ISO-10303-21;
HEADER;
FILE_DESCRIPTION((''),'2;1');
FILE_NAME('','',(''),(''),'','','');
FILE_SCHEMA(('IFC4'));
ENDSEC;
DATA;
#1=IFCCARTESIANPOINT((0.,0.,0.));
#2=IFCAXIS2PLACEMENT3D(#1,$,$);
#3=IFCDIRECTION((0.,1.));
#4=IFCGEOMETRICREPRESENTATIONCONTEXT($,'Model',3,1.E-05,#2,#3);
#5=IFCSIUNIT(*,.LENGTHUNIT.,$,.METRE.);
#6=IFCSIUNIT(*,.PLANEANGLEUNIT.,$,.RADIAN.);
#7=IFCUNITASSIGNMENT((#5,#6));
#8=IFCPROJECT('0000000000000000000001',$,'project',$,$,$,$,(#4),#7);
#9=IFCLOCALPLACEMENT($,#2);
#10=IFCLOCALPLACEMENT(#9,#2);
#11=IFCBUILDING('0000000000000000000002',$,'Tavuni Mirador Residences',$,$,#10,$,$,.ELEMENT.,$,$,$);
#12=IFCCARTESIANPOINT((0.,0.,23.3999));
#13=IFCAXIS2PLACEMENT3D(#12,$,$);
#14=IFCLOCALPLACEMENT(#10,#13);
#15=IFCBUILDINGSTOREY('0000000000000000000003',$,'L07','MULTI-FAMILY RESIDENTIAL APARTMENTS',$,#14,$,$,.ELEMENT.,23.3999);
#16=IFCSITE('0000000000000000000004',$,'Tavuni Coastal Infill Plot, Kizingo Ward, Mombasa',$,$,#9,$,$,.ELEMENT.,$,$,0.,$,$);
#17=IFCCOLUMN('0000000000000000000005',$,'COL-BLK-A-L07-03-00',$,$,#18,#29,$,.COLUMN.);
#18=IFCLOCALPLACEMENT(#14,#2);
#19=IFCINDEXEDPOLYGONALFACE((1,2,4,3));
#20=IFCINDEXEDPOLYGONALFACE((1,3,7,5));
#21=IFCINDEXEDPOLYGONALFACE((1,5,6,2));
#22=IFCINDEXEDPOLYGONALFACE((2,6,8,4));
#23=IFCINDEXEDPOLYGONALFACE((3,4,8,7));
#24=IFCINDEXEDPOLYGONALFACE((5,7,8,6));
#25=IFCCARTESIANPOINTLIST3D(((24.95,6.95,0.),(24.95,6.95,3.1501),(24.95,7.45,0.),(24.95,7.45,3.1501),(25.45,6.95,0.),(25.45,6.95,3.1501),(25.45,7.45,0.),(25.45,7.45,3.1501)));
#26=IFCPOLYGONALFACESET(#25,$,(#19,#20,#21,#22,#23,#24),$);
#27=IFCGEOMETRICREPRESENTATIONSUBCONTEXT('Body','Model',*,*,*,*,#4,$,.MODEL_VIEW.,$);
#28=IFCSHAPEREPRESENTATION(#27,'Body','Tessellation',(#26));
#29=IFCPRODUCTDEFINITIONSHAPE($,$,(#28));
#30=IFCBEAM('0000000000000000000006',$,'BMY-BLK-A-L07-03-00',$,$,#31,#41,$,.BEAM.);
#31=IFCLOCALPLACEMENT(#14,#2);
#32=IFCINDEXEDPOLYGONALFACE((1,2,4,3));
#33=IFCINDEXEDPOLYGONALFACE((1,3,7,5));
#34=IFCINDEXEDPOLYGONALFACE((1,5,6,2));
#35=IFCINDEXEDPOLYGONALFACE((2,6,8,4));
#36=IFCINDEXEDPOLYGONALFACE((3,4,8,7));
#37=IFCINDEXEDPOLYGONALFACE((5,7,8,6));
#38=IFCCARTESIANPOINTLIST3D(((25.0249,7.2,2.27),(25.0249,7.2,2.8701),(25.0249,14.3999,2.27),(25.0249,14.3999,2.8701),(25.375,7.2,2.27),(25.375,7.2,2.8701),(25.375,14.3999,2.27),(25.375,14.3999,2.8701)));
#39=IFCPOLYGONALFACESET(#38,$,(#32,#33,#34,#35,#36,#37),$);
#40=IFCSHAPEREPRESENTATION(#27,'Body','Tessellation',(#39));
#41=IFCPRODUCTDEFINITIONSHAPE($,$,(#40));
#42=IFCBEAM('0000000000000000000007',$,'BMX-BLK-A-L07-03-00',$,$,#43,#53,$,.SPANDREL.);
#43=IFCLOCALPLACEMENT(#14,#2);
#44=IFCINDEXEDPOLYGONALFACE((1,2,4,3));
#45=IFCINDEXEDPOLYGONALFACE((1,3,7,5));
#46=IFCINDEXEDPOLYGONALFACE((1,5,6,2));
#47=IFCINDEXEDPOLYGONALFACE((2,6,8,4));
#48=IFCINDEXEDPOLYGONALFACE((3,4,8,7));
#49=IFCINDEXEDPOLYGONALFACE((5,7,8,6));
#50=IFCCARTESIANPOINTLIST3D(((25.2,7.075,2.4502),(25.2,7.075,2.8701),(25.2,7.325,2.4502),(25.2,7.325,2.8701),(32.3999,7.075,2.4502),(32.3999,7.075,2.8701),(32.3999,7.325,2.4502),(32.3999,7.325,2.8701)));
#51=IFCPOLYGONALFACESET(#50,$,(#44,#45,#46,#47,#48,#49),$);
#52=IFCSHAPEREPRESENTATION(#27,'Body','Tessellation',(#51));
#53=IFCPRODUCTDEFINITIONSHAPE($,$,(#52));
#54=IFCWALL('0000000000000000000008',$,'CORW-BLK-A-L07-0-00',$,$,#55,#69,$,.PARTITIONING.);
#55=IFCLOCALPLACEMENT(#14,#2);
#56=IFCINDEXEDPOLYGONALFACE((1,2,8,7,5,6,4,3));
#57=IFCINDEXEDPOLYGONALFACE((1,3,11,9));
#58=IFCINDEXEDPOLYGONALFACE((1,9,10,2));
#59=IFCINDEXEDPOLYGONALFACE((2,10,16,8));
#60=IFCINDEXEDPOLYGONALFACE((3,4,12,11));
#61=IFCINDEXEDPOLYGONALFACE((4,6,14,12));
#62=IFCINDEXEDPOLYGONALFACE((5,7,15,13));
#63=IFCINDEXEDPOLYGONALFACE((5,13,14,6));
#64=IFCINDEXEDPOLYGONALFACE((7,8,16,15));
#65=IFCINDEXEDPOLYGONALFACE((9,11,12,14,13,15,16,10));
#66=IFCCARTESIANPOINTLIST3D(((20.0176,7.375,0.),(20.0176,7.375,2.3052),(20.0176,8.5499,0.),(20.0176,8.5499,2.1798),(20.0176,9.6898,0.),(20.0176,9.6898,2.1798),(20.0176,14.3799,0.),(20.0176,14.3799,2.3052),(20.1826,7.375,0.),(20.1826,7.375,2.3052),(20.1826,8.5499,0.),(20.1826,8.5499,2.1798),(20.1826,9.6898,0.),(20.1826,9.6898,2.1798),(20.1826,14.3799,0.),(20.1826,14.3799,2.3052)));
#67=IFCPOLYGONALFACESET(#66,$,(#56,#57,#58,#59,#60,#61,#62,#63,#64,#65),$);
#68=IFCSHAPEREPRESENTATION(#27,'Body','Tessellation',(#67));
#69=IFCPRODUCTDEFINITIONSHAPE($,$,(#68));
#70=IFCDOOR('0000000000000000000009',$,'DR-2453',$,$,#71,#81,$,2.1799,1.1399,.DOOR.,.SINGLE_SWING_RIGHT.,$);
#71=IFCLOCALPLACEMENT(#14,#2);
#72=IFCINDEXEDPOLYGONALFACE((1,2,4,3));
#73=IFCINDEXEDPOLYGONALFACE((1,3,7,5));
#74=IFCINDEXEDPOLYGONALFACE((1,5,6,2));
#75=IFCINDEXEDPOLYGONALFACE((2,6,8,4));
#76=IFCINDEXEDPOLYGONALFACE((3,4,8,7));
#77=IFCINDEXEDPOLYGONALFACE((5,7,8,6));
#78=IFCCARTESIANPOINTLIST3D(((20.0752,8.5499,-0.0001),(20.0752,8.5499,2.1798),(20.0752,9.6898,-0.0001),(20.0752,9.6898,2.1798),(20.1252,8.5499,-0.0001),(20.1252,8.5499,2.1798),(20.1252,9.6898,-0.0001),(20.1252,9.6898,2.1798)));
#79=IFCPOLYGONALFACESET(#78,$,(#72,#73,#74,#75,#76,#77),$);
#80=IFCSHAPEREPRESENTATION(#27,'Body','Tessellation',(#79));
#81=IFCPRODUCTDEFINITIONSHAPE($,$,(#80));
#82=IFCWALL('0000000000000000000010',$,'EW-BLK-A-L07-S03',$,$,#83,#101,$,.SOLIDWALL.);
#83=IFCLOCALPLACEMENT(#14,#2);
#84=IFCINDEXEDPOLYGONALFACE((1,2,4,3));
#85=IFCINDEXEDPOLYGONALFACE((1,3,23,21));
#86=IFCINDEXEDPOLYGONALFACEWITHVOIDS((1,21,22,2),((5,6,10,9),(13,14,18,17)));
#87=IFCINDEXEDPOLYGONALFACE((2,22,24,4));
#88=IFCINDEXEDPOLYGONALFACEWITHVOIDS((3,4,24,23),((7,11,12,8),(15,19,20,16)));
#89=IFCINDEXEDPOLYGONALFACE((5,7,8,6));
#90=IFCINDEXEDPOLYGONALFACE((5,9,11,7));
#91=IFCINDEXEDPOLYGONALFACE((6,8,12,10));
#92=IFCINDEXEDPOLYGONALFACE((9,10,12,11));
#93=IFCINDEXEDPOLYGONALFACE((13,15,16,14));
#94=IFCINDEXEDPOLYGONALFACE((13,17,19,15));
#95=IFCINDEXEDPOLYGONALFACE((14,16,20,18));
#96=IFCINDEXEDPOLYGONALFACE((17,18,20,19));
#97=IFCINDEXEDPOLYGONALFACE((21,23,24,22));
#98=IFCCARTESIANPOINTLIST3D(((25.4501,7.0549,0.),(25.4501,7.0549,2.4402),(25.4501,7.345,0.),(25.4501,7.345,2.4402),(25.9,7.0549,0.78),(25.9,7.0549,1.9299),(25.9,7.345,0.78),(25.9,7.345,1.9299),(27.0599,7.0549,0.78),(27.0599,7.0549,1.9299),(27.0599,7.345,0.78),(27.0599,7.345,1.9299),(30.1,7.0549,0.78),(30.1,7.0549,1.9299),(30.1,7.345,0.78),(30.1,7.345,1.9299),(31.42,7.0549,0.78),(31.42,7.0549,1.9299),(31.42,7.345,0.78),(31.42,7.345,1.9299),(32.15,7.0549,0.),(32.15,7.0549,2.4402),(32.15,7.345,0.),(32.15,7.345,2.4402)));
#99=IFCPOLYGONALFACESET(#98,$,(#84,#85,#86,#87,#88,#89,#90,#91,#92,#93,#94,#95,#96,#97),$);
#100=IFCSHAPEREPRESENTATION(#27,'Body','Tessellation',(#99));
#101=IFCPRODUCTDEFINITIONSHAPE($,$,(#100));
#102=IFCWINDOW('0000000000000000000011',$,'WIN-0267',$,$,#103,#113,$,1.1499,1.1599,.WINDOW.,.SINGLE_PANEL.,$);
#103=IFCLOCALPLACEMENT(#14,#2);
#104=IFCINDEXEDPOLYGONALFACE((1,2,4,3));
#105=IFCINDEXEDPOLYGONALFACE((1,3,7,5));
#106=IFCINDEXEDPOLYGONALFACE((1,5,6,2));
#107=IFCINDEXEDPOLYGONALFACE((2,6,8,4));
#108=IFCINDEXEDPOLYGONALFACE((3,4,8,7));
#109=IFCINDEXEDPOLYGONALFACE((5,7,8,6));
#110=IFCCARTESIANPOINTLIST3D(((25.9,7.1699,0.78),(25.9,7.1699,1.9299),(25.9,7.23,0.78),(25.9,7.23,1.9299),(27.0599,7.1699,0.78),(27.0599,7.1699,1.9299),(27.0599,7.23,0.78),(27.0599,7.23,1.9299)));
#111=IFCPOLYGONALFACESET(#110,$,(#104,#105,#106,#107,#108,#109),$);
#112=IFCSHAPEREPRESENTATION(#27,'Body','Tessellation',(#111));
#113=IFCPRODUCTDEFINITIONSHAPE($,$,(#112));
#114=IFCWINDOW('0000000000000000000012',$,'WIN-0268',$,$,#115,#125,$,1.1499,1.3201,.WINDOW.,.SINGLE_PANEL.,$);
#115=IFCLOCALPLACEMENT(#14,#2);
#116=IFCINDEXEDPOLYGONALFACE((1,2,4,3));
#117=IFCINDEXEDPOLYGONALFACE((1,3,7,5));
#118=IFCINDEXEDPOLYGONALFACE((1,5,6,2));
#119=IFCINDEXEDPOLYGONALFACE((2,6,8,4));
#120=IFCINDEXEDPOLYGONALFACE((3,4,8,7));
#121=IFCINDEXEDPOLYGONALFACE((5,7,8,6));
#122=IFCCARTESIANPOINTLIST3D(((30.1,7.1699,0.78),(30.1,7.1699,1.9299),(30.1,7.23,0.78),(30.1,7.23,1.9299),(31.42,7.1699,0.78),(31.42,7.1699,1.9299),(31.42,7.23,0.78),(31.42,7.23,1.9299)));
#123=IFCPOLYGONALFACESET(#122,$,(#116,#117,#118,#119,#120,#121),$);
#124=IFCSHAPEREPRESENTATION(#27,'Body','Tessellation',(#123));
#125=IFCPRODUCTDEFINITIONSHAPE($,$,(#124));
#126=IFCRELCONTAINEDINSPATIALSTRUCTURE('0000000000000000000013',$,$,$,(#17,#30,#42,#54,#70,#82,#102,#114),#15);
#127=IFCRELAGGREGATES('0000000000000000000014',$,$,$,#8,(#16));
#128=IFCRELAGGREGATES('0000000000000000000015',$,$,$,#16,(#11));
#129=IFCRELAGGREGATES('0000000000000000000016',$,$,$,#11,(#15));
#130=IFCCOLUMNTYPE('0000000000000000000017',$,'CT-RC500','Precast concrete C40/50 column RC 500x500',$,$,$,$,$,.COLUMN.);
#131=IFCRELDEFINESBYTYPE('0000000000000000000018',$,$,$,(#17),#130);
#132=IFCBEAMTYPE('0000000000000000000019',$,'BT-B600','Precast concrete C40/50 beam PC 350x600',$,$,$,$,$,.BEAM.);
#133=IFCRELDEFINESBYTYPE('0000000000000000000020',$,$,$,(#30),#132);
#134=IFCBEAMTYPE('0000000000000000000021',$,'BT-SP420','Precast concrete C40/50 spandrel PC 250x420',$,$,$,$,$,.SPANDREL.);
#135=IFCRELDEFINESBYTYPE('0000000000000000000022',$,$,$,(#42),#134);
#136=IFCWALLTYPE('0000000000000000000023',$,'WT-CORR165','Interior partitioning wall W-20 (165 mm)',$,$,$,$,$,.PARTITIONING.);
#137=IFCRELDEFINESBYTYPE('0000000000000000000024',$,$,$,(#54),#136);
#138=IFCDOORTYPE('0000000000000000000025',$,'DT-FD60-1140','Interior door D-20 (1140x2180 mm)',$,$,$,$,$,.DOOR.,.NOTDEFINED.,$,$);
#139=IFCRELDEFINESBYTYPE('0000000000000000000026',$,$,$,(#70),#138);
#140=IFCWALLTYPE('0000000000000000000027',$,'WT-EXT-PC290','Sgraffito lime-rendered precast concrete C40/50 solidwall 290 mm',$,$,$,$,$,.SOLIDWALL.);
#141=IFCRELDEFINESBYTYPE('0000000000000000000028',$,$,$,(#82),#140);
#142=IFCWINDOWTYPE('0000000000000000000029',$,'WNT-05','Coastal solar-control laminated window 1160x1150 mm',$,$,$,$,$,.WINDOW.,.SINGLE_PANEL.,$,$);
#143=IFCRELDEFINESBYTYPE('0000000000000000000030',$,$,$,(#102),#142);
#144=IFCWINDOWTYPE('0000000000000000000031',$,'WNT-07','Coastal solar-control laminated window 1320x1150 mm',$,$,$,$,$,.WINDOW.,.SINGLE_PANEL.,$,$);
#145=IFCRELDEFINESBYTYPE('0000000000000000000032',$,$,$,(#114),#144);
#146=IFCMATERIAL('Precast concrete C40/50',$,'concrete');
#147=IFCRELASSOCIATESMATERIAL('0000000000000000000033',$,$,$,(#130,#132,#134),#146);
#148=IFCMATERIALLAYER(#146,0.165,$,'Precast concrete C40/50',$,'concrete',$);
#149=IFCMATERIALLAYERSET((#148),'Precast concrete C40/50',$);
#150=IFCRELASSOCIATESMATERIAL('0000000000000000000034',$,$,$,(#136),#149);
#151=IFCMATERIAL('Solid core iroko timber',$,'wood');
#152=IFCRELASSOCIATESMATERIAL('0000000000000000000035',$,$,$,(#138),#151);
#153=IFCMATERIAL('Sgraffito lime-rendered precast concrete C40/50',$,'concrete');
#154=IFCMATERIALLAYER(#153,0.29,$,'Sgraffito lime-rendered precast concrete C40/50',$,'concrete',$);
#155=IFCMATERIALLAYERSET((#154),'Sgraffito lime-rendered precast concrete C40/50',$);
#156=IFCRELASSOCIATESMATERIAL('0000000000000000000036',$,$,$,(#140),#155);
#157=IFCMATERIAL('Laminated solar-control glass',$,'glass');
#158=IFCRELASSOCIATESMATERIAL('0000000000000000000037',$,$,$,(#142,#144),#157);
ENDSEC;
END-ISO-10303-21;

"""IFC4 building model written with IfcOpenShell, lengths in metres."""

from ifc_helpers import new_model, si_unit, direction, frame, frame_2d, origin, origin_2d, place, context, subcontext, project, spatial, rectangle, extrude, material, layer, layer_set, material_profile, profile_set, type_object, element, fill, save


model = new_model("IFC4")

# Units and contexts
model_context = context("Model", 3, precision=1e-05, world=origin(), true_north=direction((0.0, 1.0)))
body_context = subcontext(model_context, "Body", "Model", "MODEL_VIEW")
ifc_project = project(units=[si_unit("LENGTHUNIT", "METRE"), si_unit("PLANEANGLEUNIT", "RADIAN")], contexts=[model_context])

# Site, building, storey
site_placement = place(None, origin())
site = spatial("IfcSite", under=ifc_project, at=site_placement, Name="Tavuni Coastal Infill Plot, Kizingo Ward, Mombasa", CompositionType="ELEMENT", RefElevation=0.0)
building_placement = place(site_placement, origin())
building = spatial("IfcBuilding", under=site, at=building_placement, Name="Tavuni Mirador Residences", CompositionType="ELEMENT")
storey_placement = place(building_placement, frame((0.0, 0.0, 23.3999)))
storey = spatial("IfcBuildingStorey", under=building, at=storey_placement, Name="L07", Description="MULTI-FAMILY RESIDENTIAL APARTMENTS", CompositionType="ELEMENT", Elevation=23.3999)

# Column
ifc_material_1 = material(Name="Precast concrete C40/50", Category="concrete")
ifc_material_profile_1 = material_profile(ifc_material_1, rectangle(XDim=0.5, YDim=0.5, at=origin_2d()), Name="RC 500x500", Category="concrete")
ifc_profile_set_1 = profile_set([ifc_material_profile_1], Name="Precast concrete C40/50")
column_type = type_object("IfcColumnType", Name="CT-RC500", Description="Precast concrete C40/50 column RC 500x500", PredefinedType="COLUMN", material=ifc_profile_set_1)
column_placement = place(storey_placement, frame((25.2, 7.2, 0.0), z_axis=(0.0, 0.0, 1.0), x_axis=(1.0, 0.0, 0.0)))
element("IfcColumn", 1, at=column_placement, inside=storey, type_object=column_type, Name="COL-BLK-A-L07-03-00", PredefinedType="COLUMN", context=body_context, shape_type="SweptSolid", body=[
    extrude(rectangle(XDim=0.5, YDim=0.5, at=origin_2d()), origin(), (0.0, 0.0, 1.0), 3.1501),
])

# Beams
ifc_material_profile_2 = material_profile(ifc_material_1, rectangle(XDim=0.3501, YDim=0.6001, at=origin_2d()), Name="PC 350x600", Category="concrete")
ifc_profile_set_2 = profile_set([ifc_material_profile_2], Name="Precast concrete C40/50")
beam_type_1 = type_object("IfcBeamType", Name="BT-B600", Description="Precast concrete C40/50 beam PC 350x600", PredefinedType="BEAM", material=ifc_profile_set_2)
beam_1_placement = place(storey_placement, frame((25.2, 7.2, 2.5701), z_axis=(0.0, 1.0, 0.0), x_axis=(-1.0, 0.0, 0.0)))
element("IfcBeam", 2, at=beam_1_placement, inside=storey, type_object=beam_type_1, Name="BMY-BLK-A-L07-03-00", PredefinedType="BEAM", context=body_context, shape_type="SweptSolid", body=[
    extrude(rectangle(XDim=0.3501, YDim=0.6001, at=origin_2d()), origin(), (0.0, 0.0, 1.0), 7.2),
])
ifc_material_profile_3 = material_profile(ifc_material_1, rectangle(XDim=0.25, YDim=0.4199, at=origin_2d()), Name="PC 250x420", Category="concrete")
ifc_profile_set_3 = profile_set([ifc_material_profile_3], Name="Precast concrete C40/50")
beam_type_2 = type_object("IfcBeamType", Name="BT-SP420", Description="Precast concrete C40/50 spandrel PC 250x420", PredefinedType="SPANDREL", material=ifc_profile_set_3)
beam_2_placement = place(storey_placement, frame((25.2, 7.2, 2.6602), z_axis=(1.0, 0.0, 0.0), x_axis=(0.0, 1.0, 0.0)))
element("IfcBeam", 3, at=beam_2_placement, inside=storey, type_object=beam_type_2, Name="BMX-BLK-A-L07-03-00", PredefinedType="SPANDREL", context=body_context, shape_type="SweptSolid", body=[
    extrude(rectangle(XDim=0.25, YDim=0.4199, at=origin_2d()), origin(), (0.0, 0.0, 1.0), 7.2),
])

# Wall, opening, door
ifc_layer_1 = layer(ifc_material_1, 0.165, Name="Precast concrete C40/50", Category="concrete")
ifc_layer_set_1 = layer_set([ifc_layer_1], Name="Precast concrete C40/50")
wall_type_1 = type_object("IfcWallType", Name="WT-CORR165", Description="Interior partitioning wall W-20 (165 mm)", PredefinedType="PARTITIONING", material=ifc_layer_set_1)
wall_1_placement = place(storey_placement, frame((20.1001, 7.375, 0.0), z_axis=(0.0, 0.0, 1.0), x_axis=(0.0, 1.0, 0.0)))
wall_1 = element("IfcWall", 4, at=wall_1_placement, inside=storey, type_object=wall_type_1, Name="CORW-BLK-A-L07-0-00", PredefinedType="PARTITIONING", context=body_context, shape_type="SweptSolid", body=[
    extrude(rectangle(XDim=7.0049, YDim=0.165, at=frame_2d((3.5024, 0.0))), origin(), (0.0, 0.0, 1.0), 2.3052),
])
opening_1_placement = place(wall_1_placement, frame((1.175, 0.0, 0.0)))
opening_1 = element("IfcOpeningElement", 5, at=opening_1_placement, cuts=wall_1, PredefinedType="OPENING", context=body_context, shape_type="SweptSolid", body=[
    extrude(rectangle(XDim=1.1399, YDim=2.1799, at=frame_2d((0.5698, 1.0898))), frame((0.0, 0.0925, 0.0), z_axis=(0.0, -1.0, 0.0), x_axis=(1.0, 0.0, 0.0)), (0.0, 0.0, 1.0), 0.1851),
])
ifc_material_2 = material(Name="Solid core iroko timber", Category="wood")
door_type_1 = type_object("IfcDoorType", Name="DT-FD60-1140", Description="Interior door D-20 (1140x2180 mm)", OperationType="NOTDEFINED", PredefinedType="DOOR", material=ifc_material_2)
door_1_placement = place(opening_1_placement, origin())
door_1 = element("IfcDoor", 6, at=door_1_placement, inside=storey, type_object=door_type_1, Name="DR-2453", OperationType="SINGLE_SWING_RIGHT", OverallHeight=2.1799, OverallWidth=1.1399, PredefinedType="DOOR", context=body_context, shape_type="SweptSolid", body=[
    extrude(rectangle(XDim=1.1399, YDim=2.1799, at=frame_2d((0.5698, 1.0898))), frame((0.0, 0.0249, 0.0), z_axis=(0.0, -1.0, 0.0), x_axis=(1.0, 0.0, 0.0)), (0.0, 0.0, 1.0), 0.05),
])
fill(opening_1, door_1)

# Wall, openings, windows
ifc_material_3 = material(Name="Sgraffito lime-rendered precast concrete C40/50", Category="concrete")
ifc_layer_2 = layer(ifc_material_3, 0.29, Name="Sgraffito lime-rendered precast concrete C40/50", Category="concrete")
ifc_layer_set_2 = layer_set([ifc_layer_2], Name="Sgraffito lime-rendered precast concrete C40/50")
wall_type_2 = type_object("IfcWallType", Name="WT-EXT-PC290", Description="Sgraffito lime-rendered precast concrete C40/50 solidwall 290 mm", PredefinedType="SOLIDWALL", material=ifc_layer_set_2)
wall_2_placement = place(storey_placement, frame((25.45, 7.2, 0.0), z_axis=(0.0, 0.0, 1.0), x_axis=(1.0, 0.0, 0.0)))
wall_2 = element("IfcWall", 7, at=wall_2_placement, inside=storey, type_object=wall_type_2, Name="EW-BLK-A-L07-S03", PredefinedType="SOLIDWALL", context=body_context, shape_type="SweptSolid", body=[
    extrude(rectangle(XDim=6.7, YDim=0.29, at=frame_2d((3.3501, 0.0))), origin(), (0.0, 0.0, 1.0), 2.4402),
])
opening_2_placement = place(wall_2_placement, frame((0.45, 0.0, 0.78)))
opening_2 = element("IfcOpeningElement", 8, at=opening_2_placement, cuts=wall_2, PredefinedType="OPENING", context=body_context, shape_type="SweptSolid", body=[
    extrude(rectangle(XDim=1.1599, YDim=1.1499, at=frame_2d((0.5801, 0.575))), frame((0.0, 0.155, 0.0), z_axis=(0.0, -1.0, 0.0), x_axis=(1.0, 0.0, 0.0)), (0.0, 0.0, 1.0), 0.3101),
])
opening_3_placement = place(wall_2_placement, frame((4.6499, 0.0, 0.78)))
opening_3 = element("IfcOpeningElement", 9, at=opening_3_placement, cuts=wall_2, PredefinedType="OPENING", context=body_context, shape_type="SweptSolid", body=[
    extrude(rectangle(XDim=1.3201, YDim=1.1499, at=frame_2d((0.6602, 0.575))), frame((0.0, 0.155, 0.0), z_axis=(0.0, -1.0, 0.0), x_axis=(1.0, 0.0, 0.0)), (0.0, 0.0, 1.0), 0.3101),
])
ifc_material_4 = material(Name="Laminated solar-control glass", Category="glass")
window_type_1 = type_object("IfcWindowType", Name="WNT-05", Description="Coastal solar-control laminated window 1160x1150 mm", PartitioningType="SINGLE_PANEL", PredefinedType="WINDOW", material=ifc_material_4)
window_1_placement = place(opening_2_placement, origin())
window_1 = element("IfcWindow", 10, at=window_1_placement, inside=storey, type_object=window_type_1, Name="WIN-0267", OverallHeight=1.1499, OverallWidth=1.1599, PartitioningType="SINGLE_PANEL", PredefinedType="WINDOW", context=body_context, shape_type="SweptSolid", body=[
    extrude(rectangle(XDim=1.1599, YDim=1.1499, at=frame_2d((0.5801, 0.575))), frame((0.0, 0.03, 0.0), z_axis=(0.0, -1.0, 0.0), x_axis=(1.0, 0.0, 0.0)), (0.0, 0.0, 1.0), 0.0601),
])
fill(opening_2, window_1)
window_type_2 = type_object("IfcWindowType", Name="WNT-07", Description="Coastal solar-control laminated window 1320x1150 mm", PartitioningType="SINGLE_PANEL", PredefinedType="WINDOW", material=ifc_material_4)
window_2_placement = place(opening_3_placement, origin())
window_2 = element("IfcWindow", 11, at=window_2_placement, inside=storey, type_object=window_type_2, Name="WIN-0268", OverallHeight=1.1499, OverallWidth=1.3201, PartitioningType="SINGLE_PANEL", PredefinedType="WINDOW", context=body_context, shape_type="SweptSolid", body=[
    extrude(rectangle(XDim=1.3201, YDim=1.1499, at=frame_2d((0.6602, 0.575))), frame((0.0, 0.03, 0.0), z_axis=(0.0, -1.0, 0.0), x_axis=(1.0, 0.0, 0.0)), (0.0, 0.0, 1.0), 0.0601),
])
fill(opening_3, window_2)

save(model, "model.ifc")
